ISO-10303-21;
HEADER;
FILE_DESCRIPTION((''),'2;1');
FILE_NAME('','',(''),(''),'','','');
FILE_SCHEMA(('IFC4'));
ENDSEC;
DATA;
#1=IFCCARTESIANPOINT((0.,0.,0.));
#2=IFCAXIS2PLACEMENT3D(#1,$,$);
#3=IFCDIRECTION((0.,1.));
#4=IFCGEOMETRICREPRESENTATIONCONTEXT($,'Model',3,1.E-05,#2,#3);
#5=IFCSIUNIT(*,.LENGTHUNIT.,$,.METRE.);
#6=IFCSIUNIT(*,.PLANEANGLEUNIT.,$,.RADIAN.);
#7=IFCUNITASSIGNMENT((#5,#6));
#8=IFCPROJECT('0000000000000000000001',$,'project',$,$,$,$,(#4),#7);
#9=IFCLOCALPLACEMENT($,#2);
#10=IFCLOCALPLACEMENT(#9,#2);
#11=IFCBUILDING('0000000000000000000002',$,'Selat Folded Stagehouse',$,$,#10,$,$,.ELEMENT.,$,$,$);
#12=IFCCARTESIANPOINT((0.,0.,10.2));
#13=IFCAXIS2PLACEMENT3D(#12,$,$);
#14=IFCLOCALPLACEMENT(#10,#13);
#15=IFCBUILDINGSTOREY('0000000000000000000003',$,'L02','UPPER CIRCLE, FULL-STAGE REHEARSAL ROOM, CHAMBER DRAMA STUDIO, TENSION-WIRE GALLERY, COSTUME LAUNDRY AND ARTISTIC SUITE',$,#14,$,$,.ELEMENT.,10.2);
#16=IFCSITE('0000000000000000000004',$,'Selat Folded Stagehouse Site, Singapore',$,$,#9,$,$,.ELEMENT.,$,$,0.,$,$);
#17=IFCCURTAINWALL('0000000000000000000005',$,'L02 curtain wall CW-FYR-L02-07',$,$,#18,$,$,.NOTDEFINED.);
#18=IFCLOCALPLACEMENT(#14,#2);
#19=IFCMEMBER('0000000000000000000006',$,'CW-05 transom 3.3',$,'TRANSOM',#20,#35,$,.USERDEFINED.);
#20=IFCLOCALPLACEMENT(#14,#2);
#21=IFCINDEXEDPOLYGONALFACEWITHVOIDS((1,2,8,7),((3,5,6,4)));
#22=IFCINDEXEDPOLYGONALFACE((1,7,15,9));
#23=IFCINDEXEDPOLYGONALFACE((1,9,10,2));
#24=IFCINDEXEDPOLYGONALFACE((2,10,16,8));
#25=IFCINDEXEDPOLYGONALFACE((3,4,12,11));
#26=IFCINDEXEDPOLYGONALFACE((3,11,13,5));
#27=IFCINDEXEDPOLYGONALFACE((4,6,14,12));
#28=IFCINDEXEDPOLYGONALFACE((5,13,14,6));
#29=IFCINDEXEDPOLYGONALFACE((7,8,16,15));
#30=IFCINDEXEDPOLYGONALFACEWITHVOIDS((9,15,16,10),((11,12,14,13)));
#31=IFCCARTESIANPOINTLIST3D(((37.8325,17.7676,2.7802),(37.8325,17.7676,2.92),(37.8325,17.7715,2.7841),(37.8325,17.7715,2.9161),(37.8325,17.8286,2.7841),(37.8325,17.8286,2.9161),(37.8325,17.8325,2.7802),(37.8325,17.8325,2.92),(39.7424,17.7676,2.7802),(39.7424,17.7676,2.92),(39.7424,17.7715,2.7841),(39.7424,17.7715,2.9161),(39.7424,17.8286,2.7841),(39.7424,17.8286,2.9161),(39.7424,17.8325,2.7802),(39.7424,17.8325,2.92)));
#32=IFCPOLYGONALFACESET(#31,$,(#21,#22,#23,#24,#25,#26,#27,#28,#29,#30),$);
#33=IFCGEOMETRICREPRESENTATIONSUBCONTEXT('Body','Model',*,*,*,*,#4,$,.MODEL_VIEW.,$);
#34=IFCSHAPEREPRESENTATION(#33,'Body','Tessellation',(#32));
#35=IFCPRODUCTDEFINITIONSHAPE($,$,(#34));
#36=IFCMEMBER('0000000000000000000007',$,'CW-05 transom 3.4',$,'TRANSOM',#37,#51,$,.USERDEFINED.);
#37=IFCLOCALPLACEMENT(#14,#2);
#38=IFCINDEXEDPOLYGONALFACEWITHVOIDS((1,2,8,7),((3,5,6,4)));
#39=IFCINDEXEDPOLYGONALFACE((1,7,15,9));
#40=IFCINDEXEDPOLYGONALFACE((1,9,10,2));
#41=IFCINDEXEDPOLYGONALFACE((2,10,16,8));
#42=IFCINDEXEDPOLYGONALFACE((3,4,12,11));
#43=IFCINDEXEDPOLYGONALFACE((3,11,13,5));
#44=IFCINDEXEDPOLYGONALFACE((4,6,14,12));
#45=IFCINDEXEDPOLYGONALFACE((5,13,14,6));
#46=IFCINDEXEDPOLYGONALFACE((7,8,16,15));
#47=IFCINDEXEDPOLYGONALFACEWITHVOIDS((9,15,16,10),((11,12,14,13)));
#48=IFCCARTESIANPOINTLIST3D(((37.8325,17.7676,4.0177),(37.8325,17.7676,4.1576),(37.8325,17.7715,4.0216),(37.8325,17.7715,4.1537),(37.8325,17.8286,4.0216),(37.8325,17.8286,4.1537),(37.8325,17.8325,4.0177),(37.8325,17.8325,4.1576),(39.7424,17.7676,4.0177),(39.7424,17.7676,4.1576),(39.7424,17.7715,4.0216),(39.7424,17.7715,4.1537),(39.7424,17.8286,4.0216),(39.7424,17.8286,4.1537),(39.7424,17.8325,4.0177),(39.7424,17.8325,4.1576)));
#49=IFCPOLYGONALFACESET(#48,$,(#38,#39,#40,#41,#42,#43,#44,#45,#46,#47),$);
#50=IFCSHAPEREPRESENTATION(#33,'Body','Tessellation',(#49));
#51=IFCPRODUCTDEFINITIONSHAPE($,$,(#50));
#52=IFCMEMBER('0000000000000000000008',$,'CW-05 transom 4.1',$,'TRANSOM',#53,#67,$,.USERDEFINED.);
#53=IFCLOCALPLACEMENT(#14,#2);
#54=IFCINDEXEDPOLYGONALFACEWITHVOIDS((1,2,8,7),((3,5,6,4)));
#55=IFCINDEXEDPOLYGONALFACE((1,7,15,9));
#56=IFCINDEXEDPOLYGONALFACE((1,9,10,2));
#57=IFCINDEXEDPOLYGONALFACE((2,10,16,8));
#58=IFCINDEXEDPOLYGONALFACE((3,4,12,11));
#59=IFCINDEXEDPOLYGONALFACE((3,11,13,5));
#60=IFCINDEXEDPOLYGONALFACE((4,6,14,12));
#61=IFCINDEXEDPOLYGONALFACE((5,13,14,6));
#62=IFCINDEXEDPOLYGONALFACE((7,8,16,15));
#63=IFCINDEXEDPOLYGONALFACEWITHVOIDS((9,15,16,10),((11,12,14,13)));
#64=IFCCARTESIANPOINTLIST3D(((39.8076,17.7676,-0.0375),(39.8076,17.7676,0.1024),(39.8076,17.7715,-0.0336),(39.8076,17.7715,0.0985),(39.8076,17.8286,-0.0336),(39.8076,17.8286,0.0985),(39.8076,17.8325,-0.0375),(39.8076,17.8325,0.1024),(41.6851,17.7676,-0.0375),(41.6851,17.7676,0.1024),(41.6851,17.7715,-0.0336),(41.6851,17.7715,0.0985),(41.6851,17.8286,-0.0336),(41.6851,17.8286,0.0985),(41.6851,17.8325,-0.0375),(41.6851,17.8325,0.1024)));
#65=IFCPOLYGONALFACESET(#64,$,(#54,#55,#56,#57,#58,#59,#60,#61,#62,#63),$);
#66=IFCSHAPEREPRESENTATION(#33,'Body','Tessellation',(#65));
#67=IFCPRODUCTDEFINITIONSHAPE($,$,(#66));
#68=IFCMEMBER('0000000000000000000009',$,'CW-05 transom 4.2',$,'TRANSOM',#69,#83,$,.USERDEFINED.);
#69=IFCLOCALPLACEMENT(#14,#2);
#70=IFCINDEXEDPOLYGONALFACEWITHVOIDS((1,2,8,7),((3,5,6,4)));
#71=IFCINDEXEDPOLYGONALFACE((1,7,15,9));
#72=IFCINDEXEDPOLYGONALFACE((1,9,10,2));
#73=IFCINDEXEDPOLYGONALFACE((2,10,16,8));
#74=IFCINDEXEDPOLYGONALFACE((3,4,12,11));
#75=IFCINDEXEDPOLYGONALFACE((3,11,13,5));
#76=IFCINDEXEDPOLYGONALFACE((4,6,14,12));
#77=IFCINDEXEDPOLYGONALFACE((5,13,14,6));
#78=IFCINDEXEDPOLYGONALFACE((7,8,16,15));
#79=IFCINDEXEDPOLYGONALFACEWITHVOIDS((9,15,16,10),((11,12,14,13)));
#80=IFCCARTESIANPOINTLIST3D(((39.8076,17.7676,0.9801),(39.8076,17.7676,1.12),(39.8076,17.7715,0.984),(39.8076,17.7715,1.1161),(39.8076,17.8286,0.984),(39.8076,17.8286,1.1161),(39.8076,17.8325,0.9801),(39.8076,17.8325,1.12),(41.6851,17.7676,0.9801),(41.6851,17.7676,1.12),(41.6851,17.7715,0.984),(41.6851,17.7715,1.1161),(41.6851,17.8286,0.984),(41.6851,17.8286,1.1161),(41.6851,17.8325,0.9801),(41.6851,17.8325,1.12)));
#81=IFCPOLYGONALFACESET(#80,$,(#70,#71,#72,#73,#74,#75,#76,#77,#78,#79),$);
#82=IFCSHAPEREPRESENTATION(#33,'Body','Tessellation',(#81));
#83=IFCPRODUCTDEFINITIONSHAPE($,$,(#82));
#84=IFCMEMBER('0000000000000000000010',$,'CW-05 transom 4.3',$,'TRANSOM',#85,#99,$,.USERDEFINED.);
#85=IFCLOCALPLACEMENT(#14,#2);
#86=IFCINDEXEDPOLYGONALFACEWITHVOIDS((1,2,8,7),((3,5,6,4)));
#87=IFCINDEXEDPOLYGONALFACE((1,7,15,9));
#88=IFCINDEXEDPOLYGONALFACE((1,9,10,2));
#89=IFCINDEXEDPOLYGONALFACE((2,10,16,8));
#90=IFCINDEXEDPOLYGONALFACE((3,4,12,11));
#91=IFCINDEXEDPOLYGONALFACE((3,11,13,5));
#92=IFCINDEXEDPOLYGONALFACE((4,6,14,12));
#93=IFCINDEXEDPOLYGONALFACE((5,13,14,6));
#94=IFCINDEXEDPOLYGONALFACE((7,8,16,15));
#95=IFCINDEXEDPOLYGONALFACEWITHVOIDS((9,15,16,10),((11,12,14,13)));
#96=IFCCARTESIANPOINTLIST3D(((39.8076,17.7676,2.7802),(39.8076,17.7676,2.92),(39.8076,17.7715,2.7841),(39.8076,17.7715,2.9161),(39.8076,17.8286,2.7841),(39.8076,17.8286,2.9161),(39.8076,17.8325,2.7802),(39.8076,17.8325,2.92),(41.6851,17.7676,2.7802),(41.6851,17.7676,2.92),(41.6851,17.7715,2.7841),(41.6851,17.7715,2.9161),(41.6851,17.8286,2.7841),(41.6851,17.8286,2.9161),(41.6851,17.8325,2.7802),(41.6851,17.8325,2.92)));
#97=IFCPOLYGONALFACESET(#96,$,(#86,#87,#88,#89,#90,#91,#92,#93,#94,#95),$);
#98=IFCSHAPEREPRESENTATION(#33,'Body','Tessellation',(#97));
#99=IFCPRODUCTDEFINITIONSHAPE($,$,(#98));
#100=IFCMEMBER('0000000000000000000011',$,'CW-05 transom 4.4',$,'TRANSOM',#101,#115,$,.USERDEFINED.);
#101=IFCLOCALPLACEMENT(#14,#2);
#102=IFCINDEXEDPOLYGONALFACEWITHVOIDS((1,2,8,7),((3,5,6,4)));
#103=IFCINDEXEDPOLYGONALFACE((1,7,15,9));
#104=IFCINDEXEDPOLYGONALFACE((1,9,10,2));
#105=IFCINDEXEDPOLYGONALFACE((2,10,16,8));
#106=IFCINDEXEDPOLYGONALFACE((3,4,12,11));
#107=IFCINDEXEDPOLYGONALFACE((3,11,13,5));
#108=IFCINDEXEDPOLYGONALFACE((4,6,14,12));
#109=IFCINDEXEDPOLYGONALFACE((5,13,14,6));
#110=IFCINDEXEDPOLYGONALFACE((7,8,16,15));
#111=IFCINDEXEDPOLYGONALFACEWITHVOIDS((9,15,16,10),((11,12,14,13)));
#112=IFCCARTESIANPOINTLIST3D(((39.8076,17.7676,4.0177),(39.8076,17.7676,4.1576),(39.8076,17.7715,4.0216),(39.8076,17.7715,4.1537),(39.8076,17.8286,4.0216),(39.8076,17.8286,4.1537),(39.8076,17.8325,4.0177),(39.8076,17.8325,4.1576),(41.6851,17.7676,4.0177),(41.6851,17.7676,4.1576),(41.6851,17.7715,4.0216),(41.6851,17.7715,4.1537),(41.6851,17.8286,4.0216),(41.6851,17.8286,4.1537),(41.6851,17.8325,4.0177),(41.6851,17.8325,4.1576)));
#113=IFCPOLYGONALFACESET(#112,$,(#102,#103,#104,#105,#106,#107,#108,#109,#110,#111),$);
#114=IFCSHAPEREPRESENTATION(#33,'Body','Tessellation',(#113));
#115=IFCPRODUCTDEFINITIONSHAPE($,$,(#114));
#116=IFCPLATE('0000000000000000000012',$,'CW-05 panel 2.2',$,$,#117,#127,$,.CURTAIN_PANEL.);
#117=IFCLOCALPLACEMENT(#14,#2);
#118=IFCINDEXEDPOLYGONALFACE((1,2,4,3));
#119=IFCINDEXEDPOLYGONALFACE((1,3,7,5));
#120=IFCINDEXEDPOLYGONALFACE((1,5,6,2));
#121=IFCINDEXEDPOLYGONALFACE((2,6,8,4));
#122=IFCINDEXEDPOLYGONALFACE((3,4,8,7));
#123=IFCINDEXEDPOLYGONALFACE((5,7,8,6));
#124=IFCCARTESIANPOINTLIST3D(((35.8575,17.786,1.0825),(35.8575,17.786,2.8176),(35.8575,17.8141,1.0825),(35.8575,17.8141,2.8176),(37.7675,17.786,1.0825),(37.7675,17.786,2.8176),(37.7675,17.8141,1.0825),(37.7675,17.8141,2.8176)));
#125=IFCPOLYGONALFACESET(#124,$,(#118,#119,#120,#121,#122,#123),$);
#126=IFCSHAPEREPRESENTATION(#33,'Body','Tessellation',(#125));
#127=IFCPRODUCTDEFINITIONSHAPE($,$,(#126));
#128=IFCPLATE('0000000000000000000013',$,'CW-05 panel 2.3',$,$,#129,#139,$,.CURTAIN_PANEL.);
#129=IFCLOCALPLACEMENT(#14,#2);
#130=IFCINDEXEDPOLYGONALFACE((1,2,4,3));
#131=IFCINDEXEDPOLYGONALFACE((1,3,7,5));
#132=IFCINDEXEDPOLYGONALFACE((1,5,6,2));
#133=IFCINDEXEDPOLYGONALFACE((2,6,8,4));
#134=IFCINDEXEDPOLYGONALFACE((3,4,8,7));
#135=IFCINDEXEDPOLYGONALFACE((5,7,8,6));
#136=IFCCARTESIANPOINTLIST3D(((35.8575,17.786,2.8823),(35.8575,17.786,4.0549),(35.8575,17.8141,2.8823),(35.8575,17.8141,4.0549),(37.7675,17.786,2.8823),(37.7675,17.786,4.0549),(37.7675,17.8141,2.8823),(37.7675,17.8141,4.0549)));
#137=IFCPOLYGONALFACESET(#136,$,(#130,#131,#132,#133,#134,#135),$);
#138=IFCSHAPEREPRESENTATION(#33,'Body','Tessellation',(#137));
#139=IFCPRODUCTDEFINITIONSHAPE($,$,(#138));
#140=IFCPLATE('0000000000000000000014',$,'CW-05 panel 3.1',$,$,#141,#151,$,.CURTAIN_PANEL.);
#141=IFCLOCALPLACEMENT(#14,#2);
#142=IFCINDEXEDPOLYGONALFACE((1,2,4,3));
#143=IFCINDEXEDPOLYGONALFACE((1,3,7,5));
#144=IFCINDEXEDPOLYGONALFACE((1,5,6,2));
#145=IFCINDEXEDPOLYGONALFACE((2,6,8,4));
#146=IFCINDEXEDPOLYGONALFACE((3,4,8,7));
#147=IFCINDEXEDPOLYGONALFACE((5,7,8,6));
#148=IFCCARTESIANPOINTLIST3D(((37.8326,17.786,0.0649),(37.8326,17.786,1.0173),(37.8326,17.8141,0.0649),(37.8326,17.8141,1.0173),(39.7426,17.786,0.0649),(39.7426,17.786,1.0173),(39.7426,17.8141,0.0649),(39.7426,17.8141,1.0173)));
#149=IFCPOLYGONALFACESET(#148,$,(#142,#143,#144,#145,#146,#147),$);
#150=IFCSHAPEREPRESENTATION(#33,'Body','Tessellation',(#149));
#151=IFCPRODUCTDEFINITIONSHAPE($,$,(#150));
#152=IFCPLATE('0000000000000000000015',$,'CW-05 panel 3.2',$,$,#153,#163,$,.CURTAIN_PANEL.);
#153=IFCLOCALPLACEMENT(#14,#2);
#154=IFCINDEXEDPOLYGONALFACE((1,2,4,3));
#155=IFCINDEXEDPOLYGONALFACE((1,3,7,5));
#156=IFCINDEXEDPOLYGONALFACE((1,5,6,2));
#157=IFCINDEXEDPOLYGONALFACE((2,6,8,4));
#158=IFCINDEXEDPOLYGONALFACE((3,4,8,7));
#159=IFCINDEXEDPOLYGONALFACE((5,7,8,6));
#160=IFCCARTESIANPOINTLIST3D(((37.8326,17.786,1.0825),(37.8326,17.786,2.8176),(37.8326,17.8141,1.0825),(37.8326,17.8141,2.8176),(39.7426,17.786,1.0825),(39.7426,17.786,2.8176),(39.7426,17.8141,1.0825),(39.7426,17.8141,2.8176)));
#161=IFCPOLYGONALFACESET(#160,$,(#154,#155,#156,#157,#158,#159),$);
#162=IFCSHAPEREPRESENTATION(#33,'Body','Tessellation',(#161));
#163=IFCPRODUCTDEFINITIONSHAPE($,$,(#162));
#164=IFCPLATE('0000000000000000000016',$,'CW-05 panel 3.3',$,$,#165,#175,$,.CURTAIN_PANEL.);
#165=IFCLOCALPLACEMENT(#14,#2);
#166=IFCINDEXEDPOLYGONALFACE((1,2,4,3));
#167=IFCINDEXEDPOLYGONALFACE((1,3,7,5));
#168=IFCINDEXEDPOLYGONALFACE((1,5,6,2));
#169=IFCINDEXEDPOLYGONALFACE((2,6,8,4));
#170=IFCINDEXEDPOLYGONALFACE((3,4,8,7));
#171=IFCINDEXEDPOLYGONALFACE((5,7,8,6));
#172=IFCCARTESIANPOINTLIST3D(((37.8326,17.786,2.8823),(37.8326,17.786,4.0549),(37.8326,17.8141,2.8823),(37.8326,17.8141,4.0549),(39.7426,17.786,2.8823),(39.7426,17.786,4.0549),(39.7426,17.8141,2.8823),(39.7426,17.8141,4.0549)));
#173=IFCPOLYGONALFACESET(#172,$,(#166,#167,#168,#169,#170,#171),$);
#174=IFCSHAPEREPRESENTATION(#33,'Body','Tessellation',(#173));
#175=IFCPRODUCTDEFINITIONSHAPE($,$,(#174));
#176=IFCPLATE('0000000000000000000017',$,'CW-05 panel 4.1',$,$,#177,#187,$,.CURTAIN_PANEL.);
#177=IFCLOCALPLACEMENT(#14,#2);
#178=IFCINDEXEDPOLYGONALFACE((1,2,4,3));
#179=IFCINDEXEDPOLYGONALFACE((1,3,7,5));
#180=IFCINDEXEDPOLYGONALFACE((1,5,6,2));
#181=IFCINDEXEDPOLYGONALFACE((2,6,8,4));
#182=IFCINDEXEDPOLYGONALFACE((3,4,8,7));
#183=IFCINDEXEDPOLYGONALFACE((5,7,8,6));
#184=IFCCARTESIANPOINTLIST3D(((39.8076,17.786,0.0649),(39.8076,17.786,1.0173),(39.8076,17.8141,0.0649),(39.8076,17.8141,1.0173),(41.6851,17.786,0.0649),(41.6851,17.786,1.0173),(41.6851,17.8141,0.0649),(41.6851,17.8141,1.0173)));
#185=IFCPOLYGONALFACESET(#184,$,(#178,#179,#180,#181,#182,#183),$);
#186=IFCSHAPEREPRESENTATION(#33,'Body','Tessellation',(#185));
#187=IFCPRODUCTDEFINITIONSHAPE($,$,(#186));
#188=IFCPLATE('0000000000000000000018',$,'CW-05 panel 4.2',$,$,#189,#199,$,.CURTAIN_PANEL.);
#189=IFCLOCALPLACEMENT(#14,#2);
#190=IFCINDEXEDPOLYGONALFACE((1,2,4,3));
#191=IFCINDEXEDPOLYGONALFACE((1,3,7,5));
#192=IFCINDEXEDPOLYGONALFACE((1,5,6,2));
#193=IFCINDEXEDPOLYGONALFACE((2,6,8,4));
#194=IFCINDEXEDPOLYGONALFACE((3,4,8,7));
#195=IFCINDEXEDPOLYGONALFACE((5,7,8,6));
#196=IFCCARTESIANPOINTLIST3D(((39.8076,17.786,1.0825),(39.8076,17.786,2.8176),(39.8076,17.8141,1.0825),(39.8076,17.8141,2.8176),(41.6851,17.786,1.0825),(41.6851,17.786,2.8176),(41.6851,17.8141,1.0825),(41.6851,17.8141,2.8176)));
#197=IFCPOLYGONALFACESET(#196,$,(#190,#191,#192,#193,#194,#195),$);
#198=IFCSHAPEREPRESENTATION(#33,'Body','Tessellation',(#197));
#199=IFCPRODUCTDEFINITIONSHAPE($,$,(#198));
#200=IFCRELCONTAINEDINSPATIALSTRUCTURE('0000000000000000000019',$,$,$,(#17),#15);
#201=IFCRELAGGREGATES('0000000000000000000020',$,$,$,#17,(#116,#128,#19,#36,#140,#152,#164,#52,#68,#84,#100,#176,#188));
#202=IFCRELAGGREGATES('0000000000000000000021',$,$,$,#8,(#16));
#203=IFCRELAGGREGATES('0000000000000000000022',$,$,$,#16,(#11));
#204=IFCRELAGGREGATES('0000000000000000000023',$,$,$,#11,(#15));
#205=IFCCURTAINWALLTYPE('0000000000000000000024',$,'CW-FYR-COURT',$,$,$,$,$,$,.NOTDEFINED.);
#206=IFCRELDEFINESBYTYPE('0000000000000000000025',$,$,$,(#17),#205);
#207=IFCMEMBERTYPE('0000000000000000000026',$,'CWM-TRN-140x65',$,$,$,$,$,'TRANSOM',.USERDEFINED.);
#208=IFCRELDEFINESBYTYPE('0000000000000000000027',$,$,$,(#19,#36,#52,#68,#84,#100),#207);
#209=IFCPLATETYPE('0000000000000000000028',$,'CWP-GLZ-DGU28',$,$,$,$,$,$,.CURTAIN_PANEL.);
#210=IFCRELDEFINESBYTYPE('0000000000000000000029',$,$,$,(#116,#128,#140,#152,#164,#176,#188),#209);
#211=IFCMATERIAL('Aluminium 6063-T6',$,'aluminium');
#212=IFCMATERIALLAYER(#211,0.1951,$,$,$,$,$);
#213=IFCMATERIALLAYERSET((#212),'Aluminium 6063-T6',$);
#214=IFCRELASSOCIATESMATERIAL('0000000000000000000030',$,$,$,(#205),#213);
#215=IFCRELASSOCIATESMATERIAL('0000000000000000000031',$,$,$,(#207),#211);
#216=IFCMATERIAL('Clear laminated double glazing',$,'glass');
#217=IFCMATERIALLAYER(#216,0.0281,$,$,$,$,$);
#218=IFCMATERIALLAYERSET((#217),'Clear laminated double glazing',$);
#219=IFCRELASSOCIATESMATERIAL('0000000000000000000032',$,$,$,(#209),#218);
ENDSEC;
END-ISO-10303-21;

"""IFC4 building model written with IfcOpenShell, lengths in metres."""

from ifc_helpers import new_model, si_unit, direction, frame, origin, origin_2d, place, context, subcontext, project, spatial, rectangle, hollow_rectangle, extrude, material, layer, layer_set, material_profile, profile_set, type_object, element, aggregate, save


model = new_model("IFC4")

# Units and contexts
model_context = context("Model", 3, precision=1e-05, world=origin(), true_north=direction((0.0, 1.0)))
body_context = subcontext(model_context, "Body", "Model", "MODEL_VIEW")
ifc_project = project(units=[si_unit("LENGTHUNIT", "METRE"), si_unit("PLANEANGLEUNIT", "RADIAN")], contexts=[model_context])

# Site, building, storey
site_placement = place(None, origin())
site = spatial("IfcSite", under=ifc_project, at=site_placement, Name="Selat Folded Stagehouse Site, Singapore", CompositionType="ELEMENT", RefElevation=0.0)
building_placement = place(site_placement, origin())
building = spatial("IfcBuilding", under=site, at=building_placement, Name="Selat Folded Stagehouse", CompositionType="ELEMENT")
storey_placement = place(building_placement, frame((0.0, 0.0, 10.2)))
storey = spatial("IfcBuildingStorey", under=building, at=storey_placement, Name="L02", Description="UPPER CIRCLE, FULL-STAGE REHEARSAL ROOM, CHAMBER DRAMA STUDIO, TENSION-WIRE GALLERY, COSTUME LAUNDRY AND ARTISTIC SUITE", CompositionType="ELEMENT", Elevation=10.2)

# Curtain wall, members, plates
ifc_material_1 = material(Name="Aluminium 6063-T6", Category="aluminium")
ifc_layer_1 = layer(ifc_material_1, 0.1951)
ifc_layer_set_1 = layer_set([ifc_layer_1], Name="Aluminium 6063-T6")
curtain_wall_type = type_object("IfcCurtainWallType", Name="CW-FYR-COURT", PredefinedType="NOTDEFINED", material=ifc_layer_set_1)
curtain_wall_placement = place(storey_placement, origin())
curtain_wall = element("IfcCurtainWall", 1, at=curtain_wall_placement, inside=storey, type_object=curtain_wall_type, Name="L02 curtain wall CW-FYR-L02-07", PredefinedType="NOTDEFINED")
ifc_material_profile_1 = material_profile(ifc_material_1, hollow_rectangle(XDim=0.0649, YDim=0.1399, WallThickness=0.0039, at=origin_2d()), Name="ALU 140x65x4.0")
ifc_profile_set_1 = profile_set([ifc_material_profile_1], Name="Aluminium 6063-T6")
member_type_1 = type_object("IfcMemberType", Name="CWM-TRN-140x65", ElementType="TRANSOM", PredefinedType="USERDEFINED", material=ifc_profile_set_1)
member_1_placement = place(storey_placement, frame((37.8325, 17.8, 2.8501), z_axis=(1.0, 0.0, 0.0), x_axis=(0.0, 1.0, 0.0)))
member_1 = element("IfcMember", 2, at=member_1_placement, type_object=member_type_1, Name="CW-05 transom 3.3", ObjectType="TRANSOM", PredefinedType="USERDEFINED", context=body_context, shape_type="SweptSolid", body=[
    extrude(hollow_rectangle(XDim=0.0649, YDim=0.1399, WallThickness=0.0039, at=origin_2d()), origin(), (0.0, 0.0, 1.0), 1.9099),
])
member_2_placement = place(storey_placement, frame((37.8325, 17.8, 4.0876), z_axis=(1.0, 0.0, 0.0), x_axis=(0.0, 1.0, 0.0)))
member_2 = element("IfcMember", 3, at=member_2_placement, type_object=member_type_1, Name="CW-05 transom 3.4", ObjectType="TRANSOM", PredefinedType="USERDEFINED", context=body_context, shape_type="SweptSolid", body=[
    extrude(hollow_rectangle(XDim=0.0649, YDim=0.1399, WallThickness=0.0039, at=origin_2d()), origin(), (0.0, 0.0, 1.0), 1.9099),
])
member_3_placement = place(storey_placement, frame((39.8076, 17.8, 0.0325), z_axis=(1.0, 0.0, 0.0), x_axis=(0.0, 1.0, 0.0)))
member_3 = element("IfcMember", 4, at=member_3_placement, type_object=member_type_1, Name="CW-05 transom 4.1", ObjectType="TRANSOM", PredefinedType="USERDEFINED", context=body_context, shape_type="SweptSolid", body=[
    extrude(hollow_rectangle(XDim=0.0649, YDim=0.1399, WallThickness=0.0039, at=origin_2d()), origin(), (0.0, 0.0, 1.0), 1.8774),
])
member_4_placement = place(storey_placement, frame((39.8076, 17.8, 1.05), z_axis=(1.0, 0.0, 0.0), x_axis=(0.0, 1.0, 0.0)))
member_4 = element("IfcMember", 5, at=member_4_placement, type_object=member_type_1, Name="CW-05 transom 4.2", ObjectType="TRANSOM", PredefinedType="USERDEFINED", context=body_context, shape_type="SweptSolid", body=[
    extrude(hollow_rectangle(XDim=0.0649, YDim=0.1399, WallThickness=0.0039, at=origin_2d()), origin(), (0.0, 0.0, 1.0), 1.8774),
])
member_5_placement = place(storey_placement, frame((39.8076, 17.8, 2.8501), z_axis=(1.0, 0.0, 0.0), x_axis=(0.0, 1.0, 0.0)))
member_5 = element("IfcMember", 6, at=member_5_placement, type_object=member_type_1, Name="CW-05 transom 4.3", ObjectType="TRANSOM", PredefinedType="USERDEFINED", context=body_context, shape_type="SweptSolid", body=[
    extrude(hollow_rectangle(XDim=0.0649, YDim=0.1399, WallThickness=0.0039, at=origin_2d()), origin(), (0.0, 0.0, 1.0), 1.8774),
])
member_6_placement = place(storey_placement, frame((39.8076, 17.8, 4.0876), z_axis=(1.0, 0.0, 0.0), x_axis=(0.0, 1.0, 0.0)))
member_6 = element("IfcMember", 7, at=member_6_placement, type_object=member_type_1, Name="CW-05 transom 4.4", ObjectType="TRANSOM", PredefinedType="USERDEFINED", context=body_context, shape_type="SweptSolid", body=[
    extrude(hollow_rectangle(XDim=0.0649, YDim=0.1399, WallThickness=0.0039, at=origin_2d()), origin(), (0.0, 0.0, 1.0), 1.8774),
])
ifc_material_2 = material(Name="Clear laminated double glazing", Category="glass")
ifc_layer_2 = layer(ifc_material_2, 0.0281)
ifc_layer_set_2 = layer_set([ifc_layer_2], Name="Clear laminated double glazing")
plate_type = type_object("IfcPlateType", Name="CWP-GLZ-DGU28", PredefinedType="CURTAIN_PANEL", material=ifc_layer_set_2)
plate_1_placement = place(storey_placement, frame((36.8125, 17.8, 1.0825), z_axis=(0.0, 0.0, 1.0), x_axis=(1.0, 0.0, 0.0)))
plate_1 = element("IfcPlate", 8, at=plate_1_placement, type_object=plate_type, Name="CW-05 panel 2.2", PredefinedType="CURTAIN_PANEL", context=body_context, shape_type="SweptSolid", body=[
    extrude(rectangle(XDim=1.9099, YDim=0.0281, at=origin_2d()), origin(), (0.0, 0.0, 1.0), 1.7351),
])
plate_2_placement = place(storey_placement, frame((36.8125, 17.8, 2.8823), z_axis=(0.0, 0.0, 1.0), x_axis=(1.0, 0.0, 0.0)))
plate_2 = element("IfcPlate", 9, at=plate_2_placement, type_object=plate_type, Name="CW-05 panel 2.3", PredefinedType="CURTAIN_PANEL", context=body_context, shape_type="SweptSolid", body=[
    extrude(rectangle(XDim=1.9099, YDim=0.0281, at=origin_2d()), origin(), (0.0, 0.0, 1.0), 1.1726),
])
plate_3_placement = place(storey_placement, frame((38.7876, 17.8, 0.0649), z_axis=(0.0, 0.0, 1.0), x_axis=(1.0, 0.0, 0.0)))
plate_3 = element("IfcPlate", 10, at=plate_3_placement, type_object=plate_type, Name="CW-05 panel 3.1", PredefinedType="CURTAIN_PANEL", context=body_context, shape_type="SweptSolid", body=[
    extrude(rectangle(XDim=1.9099, YDim=0.0281, at=origin_2d()), origin(), (0.0, 0.0, 1.0), 0.9524),
])
plate_4_placement = place(storey_placement, frame((38.7876, 17.8, 1.0825), z_axis=(0.0, 0.0, 1.0), x_axis=(1.0, 0.0, 0.0)))
plate_4 = element("IfcPlate", 11, at=plate_4_placement, type_object=plate_type, Name="CW-05 panel 3.2", PredefinedType="CURTAIN_PANEL", context=body_context, shape_type="SweptSolid", body=[
    extrude(rectangle(XDim=1.9099, YDim=0.0281, at=origin_2d()), origin(), (0.0, 0.0, 1.0), 1.7351),
])
plate_5_placement = place(storey_placement, frame((38.7876, 17.8, 2.8823), z_axis=(0.0, 0.0, 1.0), x_axis=(1.0, 0.0, 0.0)))
plate_5 = element("IfcPlate", 12, at=plate_5_placement, type_object=plate_type, Name="CW-05 panel 3.3", PredefinedType="CURTAIN_PANEL", context=body_context, shape_type="SweptSolid", body=[
    extrude(rectangle(XDim=1.9099, YDim=0.0281, at=origin_2d()), origin(), (0.0, 0.0, 1.0), 1.1726),
])
plate_6_placement = place(storey_placement, frame((40.7463, 17.8, 0.0649), z_axis=(0.0, 0.0, 1.0), x_axis=(1.0, 0.0, 0.0)))
plate_6 = element("IfcPlate", 13, at=plate_6_placement, type_object=plate_type, Name="CW-05 panel 4.1", PredefinedType="CURTAIN_PANEL", context=body_context, shape_type="SweptSolid", body=[
    extrude(rectangle(XDim=1.8774, YDim=0.0281, at=origin_2d()), origin(), (0.0, 0.0, 1.0), 0.9524),
])
plate_7_placement = place(storey_placement, frame((40.7463, 17.8, 1.0825), z_axis=(0.0, 0.0, 1.0), x_axis=(1.0, 0.0, 0.0)))
plate_7 = element("IfcPlate", 14, at=plate_7_placement, type_object=plate_type, Name="CW-05 panel 4.2", PredefinedType="CURTAIN_PANEL", context=body_context, shape_type="SweptSolid", body=[
    extrude(rectangle(XDim=1.8774, YDim=0.0281, at=origin_2d()), origin(), (0.0, 0.0, 1.0), 1.7351),
])
aggregate(curtain_wall, [plate_1, plate_2, member_1, member_2, plate_3, plate_4, plate_5, member_3, member_4, member_5, member_6, plate_6, plate_7])

save(model, "model.ifc")
